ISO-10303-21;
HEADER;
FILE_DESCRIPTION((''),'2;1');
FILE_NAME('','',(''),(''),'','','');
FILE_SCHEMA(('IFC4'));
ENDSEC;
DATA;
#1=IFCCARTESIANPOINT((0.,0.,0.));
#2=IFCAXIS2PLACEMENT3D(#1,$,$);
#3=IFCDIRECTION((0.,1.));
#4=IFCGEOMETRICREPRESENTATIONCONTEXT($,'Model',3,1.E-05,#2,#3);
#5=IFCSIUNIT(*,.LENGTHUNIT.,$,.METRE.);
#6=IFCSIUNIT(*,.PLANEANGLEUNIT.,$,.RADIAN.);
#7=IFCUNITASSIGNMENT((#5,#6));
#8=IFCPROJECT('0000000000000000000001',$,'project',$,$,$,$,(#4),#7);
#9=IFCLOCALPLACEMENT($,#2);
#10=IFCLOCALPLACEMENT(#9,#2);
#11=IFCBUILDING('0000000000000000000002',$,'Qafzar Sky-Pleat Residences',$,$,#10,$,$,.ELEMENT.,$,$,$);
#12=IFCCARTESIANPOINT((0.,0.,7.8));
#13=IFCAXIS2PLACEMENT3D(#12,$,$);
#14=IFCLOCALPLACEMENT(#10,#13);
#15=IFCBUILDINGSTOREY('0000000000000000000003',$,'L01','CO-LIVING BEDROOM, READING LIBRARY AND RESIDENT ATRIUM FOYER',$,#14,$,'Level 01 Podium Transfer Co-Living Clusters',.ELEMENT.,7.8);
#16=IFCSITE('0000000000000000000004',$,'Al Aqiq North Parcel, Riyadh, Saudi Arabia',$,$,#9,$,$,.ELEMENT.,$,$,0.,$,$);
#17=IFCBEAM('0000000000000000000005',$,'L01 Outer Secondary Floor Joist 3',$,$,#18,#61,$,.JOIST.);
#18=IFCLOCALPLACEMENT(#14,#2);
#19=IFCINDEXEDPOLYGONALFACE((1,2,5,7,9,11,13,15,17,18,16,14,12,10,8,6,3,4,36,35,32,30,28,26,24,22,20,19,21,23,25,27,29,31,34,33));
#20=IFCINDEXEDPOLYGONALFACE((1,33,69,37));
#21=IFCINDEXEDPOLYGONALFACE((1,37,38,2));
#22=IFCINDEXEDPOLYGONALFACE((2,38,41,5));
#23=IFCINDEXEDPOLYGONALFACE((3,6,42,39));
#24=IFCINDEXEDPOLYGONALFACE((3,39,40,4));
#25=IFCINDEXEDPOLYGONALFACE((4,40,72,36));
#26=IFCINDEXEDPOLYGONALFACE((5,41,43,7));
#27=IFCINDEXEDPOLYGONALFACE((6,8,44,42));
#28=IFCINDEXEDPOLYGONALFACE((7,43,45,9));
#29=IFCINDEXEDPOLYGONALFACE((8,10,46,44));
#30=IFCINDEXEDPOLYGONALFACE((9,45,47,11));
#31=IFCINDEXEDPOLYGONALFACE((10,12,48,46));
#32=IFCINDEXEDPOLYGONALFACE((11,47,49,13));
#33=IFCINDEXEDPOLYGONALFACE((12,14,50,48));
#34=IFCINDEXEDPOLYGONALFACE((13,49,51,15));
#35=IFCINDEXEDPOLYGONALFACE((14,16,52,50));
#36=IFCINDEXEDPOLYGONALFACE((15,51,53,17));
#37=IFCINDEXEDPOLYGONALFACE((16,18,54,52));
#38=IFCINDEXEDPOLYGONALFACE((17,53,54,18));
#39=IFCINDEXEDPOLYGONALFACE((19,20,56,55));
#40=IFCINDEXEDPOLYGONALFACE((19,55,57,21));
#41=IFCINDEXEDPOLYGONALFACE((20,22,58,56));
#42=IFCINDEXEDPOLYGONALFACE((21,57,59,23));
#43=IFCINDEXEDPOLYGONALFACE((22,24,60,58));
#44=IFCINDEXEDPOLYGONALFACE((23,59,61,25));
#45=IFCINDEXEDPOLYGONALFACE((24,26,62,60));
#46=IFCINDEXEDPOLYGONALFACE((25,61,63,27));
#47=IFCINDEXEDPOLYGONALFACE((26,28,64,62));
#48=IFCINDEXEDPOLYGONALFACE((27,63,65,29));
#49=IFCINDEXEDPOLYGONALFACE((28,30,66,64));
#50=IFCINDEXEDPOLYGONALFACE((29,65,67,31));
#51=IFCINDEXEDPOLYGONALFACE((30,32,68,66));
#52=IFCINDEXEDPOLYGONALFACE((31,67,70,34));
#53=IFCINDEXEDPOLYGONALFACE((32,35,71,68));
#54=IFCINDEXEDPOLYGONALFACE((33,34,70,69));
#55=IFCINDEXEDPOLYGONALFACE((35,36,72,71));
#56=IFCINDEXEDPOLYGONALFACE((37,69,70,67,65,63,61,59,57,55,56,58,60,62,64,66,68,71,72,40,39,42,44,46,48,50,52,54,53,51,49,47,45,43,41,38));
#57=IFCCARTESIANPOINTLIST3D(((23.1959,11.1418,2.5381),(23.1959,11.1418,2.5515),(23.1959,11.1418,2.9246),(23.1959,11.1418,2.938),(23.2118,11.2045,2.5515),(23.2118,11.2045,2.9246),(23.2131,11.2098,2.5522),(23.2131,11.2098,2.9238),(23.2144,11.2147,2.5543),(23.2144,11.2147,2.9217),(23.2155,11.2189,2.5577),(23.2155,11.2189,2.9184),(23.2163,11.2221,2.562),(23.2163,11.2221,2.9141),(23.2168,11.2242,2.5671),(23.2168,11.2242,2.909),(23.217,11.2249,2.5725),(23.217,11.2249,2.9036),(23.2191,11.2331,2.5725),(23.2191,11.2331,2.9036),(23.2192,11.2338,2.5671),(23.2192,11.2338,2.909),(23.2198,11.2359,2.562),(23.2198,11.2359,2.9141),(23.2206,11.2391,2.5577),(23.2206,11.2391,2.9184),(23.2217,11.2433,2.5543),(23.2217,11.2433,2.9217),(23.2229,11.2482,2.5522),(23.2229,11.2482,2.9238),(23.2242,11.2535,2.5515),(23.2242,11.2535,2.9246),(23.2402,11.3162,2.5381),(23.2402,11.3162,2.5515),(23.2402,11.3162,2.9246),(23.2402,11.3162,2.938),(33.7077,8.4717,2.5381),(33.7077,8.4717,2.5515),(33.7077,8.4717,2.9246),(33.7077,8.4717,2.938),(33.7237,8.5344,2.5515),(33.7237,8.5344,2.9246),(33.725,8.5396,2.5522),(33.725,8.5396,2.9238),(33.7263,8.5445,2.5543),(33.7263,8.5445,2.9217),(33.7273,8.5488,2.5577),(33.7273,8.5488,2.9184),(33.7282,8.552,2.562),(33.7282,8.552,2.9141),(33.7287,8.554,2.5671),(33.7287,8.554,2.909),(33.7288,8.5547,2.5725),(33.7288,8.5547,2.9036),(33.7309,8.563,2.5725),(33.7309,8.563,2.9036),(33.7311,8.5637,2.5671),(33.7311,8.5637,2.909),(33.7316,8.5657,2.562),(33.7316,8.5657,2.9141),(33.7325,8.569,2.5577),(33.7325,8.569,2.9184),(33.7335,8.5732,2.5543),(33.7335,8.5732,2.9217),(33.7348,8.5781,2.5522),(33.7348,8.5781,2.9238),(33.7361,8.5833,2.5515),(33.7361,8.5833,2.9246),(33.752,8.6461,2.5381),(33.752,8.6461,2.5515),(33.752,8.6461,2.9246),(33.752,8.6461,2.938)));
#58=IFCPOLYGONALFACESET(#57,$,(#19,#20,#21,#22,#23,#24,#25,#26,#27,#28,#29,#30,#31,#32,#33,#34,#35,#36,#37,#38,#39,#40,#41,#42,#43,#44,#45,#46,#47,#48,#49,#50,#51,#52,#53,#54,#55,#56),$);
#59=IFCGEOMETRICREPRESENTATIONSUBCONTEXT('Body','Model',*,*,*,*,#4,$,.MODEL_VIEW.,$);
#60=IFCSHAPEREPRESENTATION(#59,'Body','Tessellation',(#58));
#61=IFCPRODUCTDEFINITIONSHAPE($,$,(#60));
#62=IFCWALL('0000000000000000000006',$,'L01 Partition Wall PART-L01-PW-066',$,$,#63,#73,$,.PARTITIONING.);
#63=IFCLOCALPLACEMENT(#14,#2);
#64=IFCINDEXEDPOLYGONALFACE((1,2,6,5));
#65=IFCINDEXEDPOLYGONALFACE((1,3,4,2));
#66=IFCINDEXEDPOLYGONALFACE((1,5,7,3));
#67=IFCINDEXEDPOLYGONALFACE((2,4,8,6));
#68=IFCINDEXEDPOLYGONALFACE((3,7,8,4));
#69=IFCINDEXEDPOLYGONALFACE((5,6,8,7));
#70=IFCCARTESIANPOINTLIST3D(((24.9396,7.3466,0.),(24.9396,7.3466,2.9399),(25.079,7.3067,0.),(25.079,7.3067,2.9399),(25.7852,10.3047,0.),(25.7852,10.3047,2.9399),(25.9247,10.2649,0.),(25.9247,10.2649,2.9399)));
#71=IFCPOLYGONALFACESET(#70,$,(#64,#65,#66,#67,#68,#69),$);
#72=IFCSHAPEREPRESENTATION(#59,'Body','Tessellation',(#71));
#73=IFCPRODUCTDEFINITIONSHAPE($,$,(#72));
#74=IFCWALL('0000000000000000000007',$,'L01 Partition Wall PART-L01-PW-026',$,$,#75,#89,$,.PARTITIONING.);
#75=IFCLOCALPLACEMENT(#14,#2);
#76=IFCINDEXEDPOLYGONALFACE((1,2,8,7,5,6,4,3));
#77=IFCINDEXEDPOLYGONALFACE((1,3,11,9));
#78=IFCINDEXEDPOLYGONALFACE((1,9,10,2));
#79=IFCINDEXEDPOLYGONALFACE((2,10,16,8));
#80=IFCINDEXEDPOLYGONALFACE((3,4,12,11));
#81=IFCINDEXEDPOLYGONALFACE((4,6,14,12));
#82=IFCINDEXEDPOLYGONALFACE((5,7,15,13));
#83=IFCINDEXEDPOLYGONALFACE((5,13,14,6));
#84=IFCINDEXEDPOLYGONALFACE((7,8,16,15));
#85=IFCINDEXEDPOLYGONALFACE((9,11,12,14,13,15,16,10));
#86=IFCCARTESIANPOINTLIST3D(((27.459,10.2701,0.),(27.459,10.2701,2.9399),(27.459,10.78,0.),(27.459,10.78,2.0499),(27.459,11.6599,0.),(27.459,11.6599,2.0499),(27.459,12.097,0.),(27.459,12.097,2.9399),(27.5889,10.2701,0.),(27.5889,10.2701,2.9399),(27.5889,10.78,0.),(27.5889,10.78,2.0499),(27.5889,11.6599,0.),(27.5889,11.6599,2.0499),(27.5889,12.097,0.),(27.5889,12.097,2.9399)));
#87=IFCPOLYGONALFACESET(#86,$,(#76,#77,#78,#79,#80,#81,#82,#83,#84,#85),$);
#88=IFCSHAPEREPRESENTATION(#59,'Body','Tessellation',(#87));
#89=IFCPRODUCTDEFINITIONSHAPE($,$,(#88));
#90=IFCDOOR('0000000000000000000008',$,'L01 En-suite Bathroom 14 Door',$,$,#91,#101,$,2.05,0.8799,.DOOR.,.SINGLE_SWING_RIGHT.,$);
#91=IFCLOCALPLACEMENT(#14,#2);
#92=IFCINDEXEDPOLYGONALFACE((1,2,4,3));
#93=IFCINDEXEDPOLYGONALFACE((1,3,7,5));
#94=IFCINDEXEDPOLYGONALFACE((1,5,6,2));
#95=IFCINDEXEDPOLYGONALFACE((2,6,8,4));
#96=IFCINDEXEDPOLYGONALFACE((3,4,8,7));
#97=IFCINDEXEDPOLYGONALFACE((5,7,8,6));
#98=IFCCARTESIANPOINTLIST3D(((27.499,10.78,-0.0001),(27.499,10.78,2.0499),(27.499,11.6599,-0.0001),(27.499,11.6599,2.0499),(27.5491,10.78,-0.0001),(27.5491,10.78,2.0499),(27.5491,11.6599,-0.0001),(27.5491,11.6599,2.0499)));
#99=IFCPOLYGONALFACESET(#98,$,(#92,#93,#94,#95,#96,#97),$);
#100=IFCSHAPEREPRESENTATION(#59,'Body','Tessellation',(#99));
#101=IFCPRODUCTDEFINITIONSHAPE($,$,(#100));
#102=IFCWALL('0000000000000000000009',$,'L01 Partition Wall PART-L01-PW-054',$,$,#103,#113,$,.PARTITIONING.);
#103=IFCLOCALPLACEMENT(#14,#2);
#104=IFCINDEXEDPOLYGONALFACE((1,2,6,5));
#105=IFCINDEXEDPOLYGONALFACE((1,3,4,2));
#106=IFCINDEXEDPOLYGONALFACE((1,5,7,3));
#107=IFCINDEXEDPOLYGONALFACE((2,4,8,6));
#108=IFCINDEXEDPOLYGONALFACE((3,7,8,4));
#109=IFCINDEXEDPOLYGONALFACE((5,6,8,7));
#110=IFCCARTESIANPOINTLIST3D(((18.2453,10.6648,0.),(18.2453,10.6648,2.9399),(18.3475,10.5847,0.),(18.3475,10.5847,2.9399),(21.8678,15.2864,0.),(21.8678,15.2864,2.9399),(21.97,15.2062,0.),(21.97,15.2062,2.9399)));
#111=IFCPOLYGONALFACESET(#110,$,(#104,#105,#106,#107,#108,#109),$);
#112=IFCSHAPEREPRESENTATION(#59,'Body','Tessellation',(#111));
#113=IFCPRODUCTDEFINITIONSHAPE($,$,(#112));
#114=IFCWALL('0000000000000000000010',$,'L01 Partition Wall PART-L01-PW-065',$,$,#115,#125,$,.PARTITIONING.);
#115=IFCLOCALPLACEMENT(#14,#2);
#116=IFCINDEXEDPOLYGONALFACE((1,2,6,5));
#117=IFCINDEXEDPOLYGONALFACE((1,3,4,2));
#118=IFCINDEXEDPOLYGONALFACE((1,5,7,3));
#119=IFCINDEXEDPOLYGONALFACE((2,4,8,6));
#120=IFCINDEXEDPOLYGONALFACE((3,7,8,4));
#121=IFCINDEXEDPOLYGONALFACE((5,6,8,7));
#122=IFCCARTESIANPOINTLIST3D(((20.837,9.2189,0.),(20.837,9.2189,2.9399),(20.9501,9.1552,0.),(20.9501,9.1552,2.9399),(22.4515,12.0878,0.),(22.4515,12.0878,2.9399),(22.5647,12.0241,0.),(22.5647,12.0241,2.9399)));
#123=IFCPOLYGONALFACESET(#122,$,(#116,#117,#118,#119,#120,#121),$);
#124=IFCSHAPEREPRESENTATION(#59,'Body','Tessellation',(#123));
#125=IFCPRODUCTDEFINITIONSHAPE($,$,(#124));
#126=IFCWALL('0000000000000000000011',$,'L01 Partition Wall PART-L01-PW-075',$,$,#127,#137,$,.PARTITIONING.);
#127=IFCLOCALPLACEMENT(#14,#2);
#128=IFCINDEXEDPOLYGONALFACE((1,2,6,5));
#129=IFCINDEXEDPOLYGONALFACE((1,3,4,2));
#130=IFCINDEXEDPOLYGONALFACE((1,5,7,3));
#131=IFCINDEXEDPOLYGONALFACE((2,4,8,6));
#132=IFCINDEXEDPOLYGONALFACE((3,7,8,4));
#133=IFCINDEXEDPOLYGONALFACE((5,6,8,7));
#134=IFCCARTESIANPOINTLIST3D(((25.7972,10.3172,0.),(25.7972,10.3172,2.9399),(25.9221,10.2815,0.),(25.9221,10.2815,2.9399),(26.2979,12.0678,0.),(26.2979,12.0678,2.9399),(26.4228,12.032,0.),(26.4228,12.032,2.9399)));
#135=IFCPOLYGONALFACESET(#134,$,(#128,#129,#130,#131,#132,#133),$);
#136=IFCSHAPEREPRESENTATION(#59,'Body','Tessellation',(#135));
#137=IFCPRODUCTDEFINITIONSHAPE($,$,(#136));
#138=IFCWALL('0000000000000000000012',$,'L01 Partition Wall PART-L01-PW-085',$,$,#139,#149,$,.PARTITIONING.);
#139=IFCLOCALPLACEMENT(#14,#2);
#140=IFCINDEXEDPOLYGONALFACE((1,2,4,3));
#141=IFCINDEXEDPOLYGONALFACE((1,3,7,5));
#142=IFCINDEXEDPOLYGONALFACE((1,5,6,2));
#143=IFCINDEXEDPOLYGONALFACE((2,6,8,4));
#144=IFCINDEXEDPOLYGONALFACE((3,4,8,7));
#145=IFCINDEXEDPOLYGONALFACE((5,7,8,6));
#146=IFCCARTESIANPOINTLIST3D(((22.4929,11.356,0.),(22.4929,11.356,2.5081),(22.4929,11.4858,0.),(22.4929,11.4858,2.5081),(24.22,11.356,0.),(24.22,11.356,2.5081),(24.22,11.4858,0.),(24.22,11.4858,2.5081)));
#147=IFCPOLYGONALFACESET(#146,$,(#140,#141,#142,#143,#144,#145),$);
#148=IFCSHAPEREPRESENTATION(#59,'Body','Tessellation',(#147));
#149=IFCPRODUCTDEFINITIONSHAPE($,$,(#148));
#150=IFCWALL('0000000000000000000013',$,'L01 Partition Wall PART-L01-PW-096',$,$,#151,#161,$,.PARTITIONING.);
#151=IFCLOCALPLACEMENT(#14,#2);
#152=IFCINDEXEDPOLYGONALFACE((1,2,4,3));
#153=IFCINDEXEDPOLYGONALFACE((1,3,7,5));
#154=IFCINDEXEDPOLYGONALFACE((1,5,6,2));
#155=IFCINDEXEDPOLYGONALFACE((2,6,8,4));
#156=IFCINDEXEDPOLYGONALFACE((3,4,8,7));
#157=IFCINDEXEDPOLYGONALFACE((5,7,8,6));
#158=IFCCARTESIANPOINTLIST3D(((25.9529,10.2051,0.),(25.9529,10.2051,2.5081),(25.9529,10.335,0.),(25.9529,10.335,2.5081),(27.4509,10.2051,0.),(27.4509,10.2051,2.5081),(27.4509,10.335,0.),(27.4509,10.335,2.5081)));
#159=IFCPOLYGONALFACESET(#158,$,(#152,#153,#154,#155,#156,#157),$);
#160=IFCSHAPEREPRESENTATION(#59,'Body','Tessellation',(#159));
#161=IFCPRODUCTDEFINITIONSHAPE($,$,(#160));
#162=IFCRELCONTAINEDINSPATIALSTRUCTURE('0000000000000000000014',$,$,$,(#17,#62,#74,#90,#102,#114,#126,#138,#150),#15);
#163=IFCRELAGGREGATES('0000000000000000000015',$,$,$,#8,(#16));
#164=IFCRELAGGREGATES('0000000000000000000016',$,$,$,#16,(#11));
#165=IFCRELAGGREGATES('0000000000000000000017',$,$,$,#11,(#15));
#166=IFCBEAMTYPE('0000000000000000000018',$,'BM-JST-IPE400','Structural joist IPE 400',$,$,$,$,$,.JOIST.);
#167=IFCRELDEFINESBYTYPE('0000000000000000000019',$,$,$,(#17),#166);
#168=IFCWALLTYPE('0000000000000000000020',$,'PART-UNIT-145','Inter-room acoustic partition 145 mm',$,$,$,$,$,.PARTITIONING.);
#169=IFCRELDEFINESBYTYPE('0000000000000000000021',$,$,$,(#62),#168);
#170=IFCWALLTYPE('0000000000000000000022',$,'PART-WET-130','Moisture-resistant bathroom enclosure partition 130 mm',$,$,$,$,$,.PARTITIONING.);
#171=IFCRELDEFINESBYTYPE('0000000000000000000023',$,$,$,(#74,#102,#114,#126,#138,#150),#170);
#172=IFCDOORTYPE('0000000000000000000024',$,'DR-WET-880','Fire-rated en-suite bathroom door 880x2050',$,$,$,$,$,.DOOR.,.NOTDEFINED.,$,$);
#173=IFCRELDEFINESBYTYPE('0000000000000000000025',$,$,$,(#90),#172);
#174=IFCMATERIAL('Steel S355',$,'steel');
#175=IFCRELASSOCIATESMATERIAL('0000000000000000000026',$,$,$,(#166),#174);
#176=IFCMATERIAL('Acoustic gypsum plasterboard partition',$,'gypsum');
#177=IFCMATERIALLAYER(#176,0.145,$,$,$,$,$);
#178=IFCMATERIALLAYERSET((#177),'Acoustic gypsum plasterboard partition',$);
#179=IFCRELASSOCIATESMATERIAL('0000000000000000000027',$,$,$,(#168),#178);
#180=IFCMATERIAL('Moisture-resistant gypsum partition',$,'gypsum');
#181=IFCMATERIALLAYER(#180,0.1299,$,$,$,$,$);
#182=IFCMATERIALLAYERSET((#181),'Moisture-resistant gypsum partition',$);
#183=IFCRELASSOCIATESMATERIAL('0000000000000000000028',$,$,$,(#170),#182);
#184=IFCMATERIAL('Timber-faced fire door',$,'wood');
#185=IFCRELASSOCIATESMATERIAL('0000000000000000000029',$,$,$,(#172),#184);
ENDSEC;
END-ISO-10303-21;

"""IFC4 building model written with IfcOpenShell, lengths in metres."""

from ifc_helpers import new_model, si_unit, direction, frame, frame_2d, origin, origin_2d, place, context, subcontext, project, spatial, rectangle, i_section, extrude, source, transform, mapped, material, layer, layer_set, material_profile, profile_set, type_object, element, fill, save


model = new_model("IFC4")

# Units and contexts
model_context = context("Model", 3, precision=1e-05, world=origin(), true_north=direction((0.0, 1.0)))
body_context = subcontext(model_context, "Body", "Model", "MODEL_VIEW")
ifc_project = project(units=[si_unit("LENGTHUNIT", "METRE"), si_unit("PLANEANGLEUNIT", "RADIAN")], contexts=[model_context])

# Site, building, storey
site_placement = place(None, origin())
site = spatial("IfcSite", under=ifc_project, at=site_placement, Name="Al Aqiq North Parcel, Riyadh, Saudi Arabia", CompositionType="ELEMENT", RefElevation=0.0)
building_placement = place(site_placement, origin())
building = spatial("IfcBuilding", under=site, at=building_placement, Name="Qafzar Sky-Pleat Residences", CompositionType="ELEMENT")
storey_placement = place(building_placement, frame((0.0, 0.0, 7.8)))
storey = spatial("IfcBuildingStorey", under=building, at=storey_placement, Name="L01", Description="CO-LIVING BEDROOM, READING LIBRARY AND RESIDENT ATRIUM FOYER", LongName="Level 01 Podium Transfer Co-Living Clusters", CompositionType="ELEMENT", Elevation=7.8)

# Beam
ifc_material_1 = material(Name="Steel S355", Category="steel")
ifc_material_profile_1 = material_profile(ifc_material_1, i_section(OverallWidth=0.1799, OverallDepth=0.3999, WebThickness=0.0085, FlangeThickness=0.0134, FilletRadius=0.021, at=origin_2d()), Name="IPE 400")
ifc_profile_set_1 = profile_set([ifc_material_profile_1], Name="Steel S355")
beam_type_1 = type_object("IfcBeamType", Name="BM-JST-IPE400", Description="Structural joist IPE 400", PredefinedType="JOIST", material=ifc_profile_set_1)
shared_shape_1 = source(origin(), body_context, "Body", "SweptSolid", [
    extrude(i_section(OverallWidth=0.1799, OverallDepth=0.3999, WebThickness=0.0085, FlangeThickness=0.0134, FilletRadius=0.021, at=origin_2d()), origin(), (0.0, 0.0, 1.0), 10.8457),
])
beam_1_placement = place(storey_placement, frame((23.218, 11.229, 2.738), z_axis=(0.969221, -0.246194, 0.0), x_axis=(0.246194, 0.969221, 0.0)))
element("IfcBeam", 1, at=beam_1_placement, inside=storey, type_object=beam_type_1, Name="L01 Outer Secondary Floor Joist 3", PredefinedType="JOIST", context=body_context, shape_type="MappedRepresentation", body=[
    mapped(shared_shape_1, transform((0.0, 0.0, 0.0), x_axis=(1.0, 0.0, 0.0), y_axis=(0.0, 1.0, 0.0), z_axis=(0.0, 0.0, 1.0), scale=1.0)),
])

# Wall
ifc_material_2 = material(Name="Acoustic gypsum plasterboard partition", Category="gypsum")
ifc_layer_1 = layer(ifc_material_2, 0.145)
ifc_layer_set_1 = layer_set([ifc_layer_1], Name="Acoustic gypsum plasterboard partition")
wall_type_1 = type_object("IfcWallType", Name="PART-UNIT-145", Description="Inter-room acoustic partition 145 mm", PredefinedType="PARTITIONING", material=ifc_layer_set_1)
wall_1_placement = place(storey_placement, frame((25.0093, 7.3267, 0.0), z_axis=(0.0, 0.0, 1.0), x_axis=(0.274868, 0.961482, 0.0)))
element("IfcWall", 2, at=wall_1_placement, inside=storey, type_object=wall_type_1, Name="L01 Partition Wall PART-L01-PW-066", PredefinedType="PARTITIONING", context=body_context, shape_type="SweptSolid", body=[
    extrude(rectangle(XDim=3.0767, YDim=0.145, at=frame_2d((1.5383, 0.0))), origin(), (0.0, 0.0, 1.0), 2.9399),
])

# Wall, opening, door
ifc_material_3 = material(Name="Moisture-resistant gypsum partition", Category="gypsum")
ifc_layer_2 = layer(ifc_material_3, 0.1299)
ifc_layer_set_2 = layer_set([ifc_layer_2], Name="Moisture-resistant gypsum partition")
wall_type_2 = type_object("IfcWallType", Name="PART-WET-130", Description="Moisture-resistant bathroom enclosure partition 130 mm", PredefinedType="PARTITIONING", material=ifc_layer_set_2)
wall_2_placement = place(storey_placement, frame((27.5239, 10.27, 0.0), z_axis=(0.0, 0.0, 1.0), x_axis=(0.0, 1.0, 0.0)))
wall_2 = element("IfcWall", 3, at=wall_2_placement, inside=storey, type_object=wall_type_2, Name="L01 Partition Wall PART-L01-PW-026", PredefinedType="PARTITIONING", context=body_context, shape_type="SweptSolid", body=[
    extrude(rectangle(XDim=1.8269, YDim=0.1299, at=frame_2d((0.9136, 0.0))), origin(), (0.0, 0.0, 1.0), 2.9399),
])
opening_1_placement = place(wall_2_placement, frame((0.51, 0.0, 0.0)))
opening_1 = element("IfcOpeningElement", 4, at=opening_1_placement, cuts=wall_2, PredefinedType="OPENING", context=body_context, shape_type="SweptSolid", body=[
    extrude(rectangle(XDim=0.8799, YDim=2.05, at=frame_2d((0.4399, 1.0249))), frame((0.0, 0.075, 0.0), z_axis=(0.0, -1.0, 0.0), x_axis=(1.0, 0.0, 0.0)), (0.0, 0.0, 1.0), 0.1499),
])
ifc_material_4 = material(Name="Timber-faced fire door", Category="wood")
door_type = type_object("IfcDoorType", Name="DR-WET-880", Description="Fire-rated en-suite bathroom door 880x2050", OperationType="NOTDEFINED", PredefinedType="DOOR", material=ifc_material_4)
shared_shape_2 = source(origin(), body_context, "Body", "SweptSolid", [
    extrude(rectangle(XDim=0.8799, YDim=2.05, at=frame_2d((0.4399, 1.0249))), frame((0.0, 0.0249, 0.0), z_axis=(0.0, -1.0, 0.0), x_axis=(1.0, 0.0, 0.0)), (0.0, 0.0, 1.0), 0.05),
])
door_placement = place(opening_1_placement, origin())
door = element("IfcDoor", 5, at=door_placement, inside=storey, type_object=door_type, Name="L01 En-suite Bathroom 14 Door", OperationType="SINGLE_SWING_RIGHT", OverallHeight=2.05, OverallWidth=0.8799, PredefinedType="DOOR", context=body_context, shape_type="MappedRepresentation", body=[
    mapped(shared_shape_2, transform((0.0, 0.0, 0.0), x_axis=(1.0, 0.0, 0.0), y_axis=(0.0, 1.0, 0.0), z_axis=(0.0, 0.0, 1.0), scale=1.0)),
])
fill(opening_1, door)

# Walls
wall_3_placement = place(storey_placement, frame((18.2964, 10.6248, 0.0), z_axis=(0.0, 0.0, 1.0), x_axis=(0.616907, 0.787036, 0.0)))
element("IfcWall", 6, at=wall_3_placement, inside=storey, type_object=wall_type_2, Name="L01 Partition Wall PART-L01-PW-054", PredefinedType="PARTITIONING", context=body_context, shape_type="SweptSolid", body=[
    extrude(rectangle(XDim=5.8721, YDim=0.1299, at=frame_2d((2.936, 0.0))), origin(), (0.0, 0.0, 1.0), 2.9399),
])
wall_4_placement = place(storey_placement, frame((20.8936, 9.187, 0.0), z_axis=(0.0, 0.0, 1.0), x_axis=(0.490434, 0.871478, 0.0)))
element("IfcWall", 7, at=wall_4_placement, inside=storey, type_object=wall_type_2, Name="L01 Partition Wall PART-L01-PW-065", PredefinedType="PARTITIONING", context=body_context, shape_type="SweptSolid", body=[
    extrude(rectangle(XDim=3.292, YDim=0.1299, at=frame_2d((1.646, 0.0))), origin(), (0.0, 0.0, 1.0), 2.9399),
])
wall_5_placement = place(storey_placement, frame((25.8596, 10.2993, 0.0), z_axis=(0.0, 0.0, 1.0), x_axis=(0.275022, 0.961438, 0.0)))
element("IfcWall", 8, at=wall_5_placement, inside=storey, type_object=wall_type_2, Name="L01 Partition Wall PART-L01-PW-075", PredefinedType="PARTITIONING", context=body_context, shape_type="SweptSolid", body=[
    extrude(rectangle(XDim=1.8208, YDim=0.1299, at=frame_2d((0.9104, 0.0))), origin(), (0.0, 0.0, 1.0), 2.9399),
])
wall_6_placement = place(storey_placement, frame((22.4929, 11.4209, 0.0), z_axis=(0.0, 0.0, 1.0), x_axis=(1.0, 0.0, 0.0)))
element("IfcWall", 9, at=wall_6_placement, inside=storey, type_object=wall_type_2, Name="L01 Partition Wall PART-L01-PW-085", PredefinedType="PARTITIONING", context=body_context, shape_type="SweptSolid", body=[
    extrude(rectangle(XDim=1.7271, YDim=0.1299, at=frame_2d((0.8635, 0.0))), origin(), (0.0, 0.0, 1.0), 2.5081),
])
wall_7_placement = place(storey_placement, frame((25.9529, 10.27, 0.0), z_axis=(0.0, 0.0, 1.0), x_axis=(1.0, 0.0, 0.0)))
element("IfcWall", 10, at=wall_7_placement, inside=storey, type_object=wall_type_2, Name="L01 Partition Wall PART-L01-PW-096", PredefinedType="PARTITIONING", context=body_context, shape_type="SweptSolid", body=[
    extrude(rectangle(XDim=1.498, YDim=0.1299, at=frame_2d((0.749, 0.0))), origin(), (0.0, 0.0, 1.0), 2.5081),
])

save(model, "model.ifc")
